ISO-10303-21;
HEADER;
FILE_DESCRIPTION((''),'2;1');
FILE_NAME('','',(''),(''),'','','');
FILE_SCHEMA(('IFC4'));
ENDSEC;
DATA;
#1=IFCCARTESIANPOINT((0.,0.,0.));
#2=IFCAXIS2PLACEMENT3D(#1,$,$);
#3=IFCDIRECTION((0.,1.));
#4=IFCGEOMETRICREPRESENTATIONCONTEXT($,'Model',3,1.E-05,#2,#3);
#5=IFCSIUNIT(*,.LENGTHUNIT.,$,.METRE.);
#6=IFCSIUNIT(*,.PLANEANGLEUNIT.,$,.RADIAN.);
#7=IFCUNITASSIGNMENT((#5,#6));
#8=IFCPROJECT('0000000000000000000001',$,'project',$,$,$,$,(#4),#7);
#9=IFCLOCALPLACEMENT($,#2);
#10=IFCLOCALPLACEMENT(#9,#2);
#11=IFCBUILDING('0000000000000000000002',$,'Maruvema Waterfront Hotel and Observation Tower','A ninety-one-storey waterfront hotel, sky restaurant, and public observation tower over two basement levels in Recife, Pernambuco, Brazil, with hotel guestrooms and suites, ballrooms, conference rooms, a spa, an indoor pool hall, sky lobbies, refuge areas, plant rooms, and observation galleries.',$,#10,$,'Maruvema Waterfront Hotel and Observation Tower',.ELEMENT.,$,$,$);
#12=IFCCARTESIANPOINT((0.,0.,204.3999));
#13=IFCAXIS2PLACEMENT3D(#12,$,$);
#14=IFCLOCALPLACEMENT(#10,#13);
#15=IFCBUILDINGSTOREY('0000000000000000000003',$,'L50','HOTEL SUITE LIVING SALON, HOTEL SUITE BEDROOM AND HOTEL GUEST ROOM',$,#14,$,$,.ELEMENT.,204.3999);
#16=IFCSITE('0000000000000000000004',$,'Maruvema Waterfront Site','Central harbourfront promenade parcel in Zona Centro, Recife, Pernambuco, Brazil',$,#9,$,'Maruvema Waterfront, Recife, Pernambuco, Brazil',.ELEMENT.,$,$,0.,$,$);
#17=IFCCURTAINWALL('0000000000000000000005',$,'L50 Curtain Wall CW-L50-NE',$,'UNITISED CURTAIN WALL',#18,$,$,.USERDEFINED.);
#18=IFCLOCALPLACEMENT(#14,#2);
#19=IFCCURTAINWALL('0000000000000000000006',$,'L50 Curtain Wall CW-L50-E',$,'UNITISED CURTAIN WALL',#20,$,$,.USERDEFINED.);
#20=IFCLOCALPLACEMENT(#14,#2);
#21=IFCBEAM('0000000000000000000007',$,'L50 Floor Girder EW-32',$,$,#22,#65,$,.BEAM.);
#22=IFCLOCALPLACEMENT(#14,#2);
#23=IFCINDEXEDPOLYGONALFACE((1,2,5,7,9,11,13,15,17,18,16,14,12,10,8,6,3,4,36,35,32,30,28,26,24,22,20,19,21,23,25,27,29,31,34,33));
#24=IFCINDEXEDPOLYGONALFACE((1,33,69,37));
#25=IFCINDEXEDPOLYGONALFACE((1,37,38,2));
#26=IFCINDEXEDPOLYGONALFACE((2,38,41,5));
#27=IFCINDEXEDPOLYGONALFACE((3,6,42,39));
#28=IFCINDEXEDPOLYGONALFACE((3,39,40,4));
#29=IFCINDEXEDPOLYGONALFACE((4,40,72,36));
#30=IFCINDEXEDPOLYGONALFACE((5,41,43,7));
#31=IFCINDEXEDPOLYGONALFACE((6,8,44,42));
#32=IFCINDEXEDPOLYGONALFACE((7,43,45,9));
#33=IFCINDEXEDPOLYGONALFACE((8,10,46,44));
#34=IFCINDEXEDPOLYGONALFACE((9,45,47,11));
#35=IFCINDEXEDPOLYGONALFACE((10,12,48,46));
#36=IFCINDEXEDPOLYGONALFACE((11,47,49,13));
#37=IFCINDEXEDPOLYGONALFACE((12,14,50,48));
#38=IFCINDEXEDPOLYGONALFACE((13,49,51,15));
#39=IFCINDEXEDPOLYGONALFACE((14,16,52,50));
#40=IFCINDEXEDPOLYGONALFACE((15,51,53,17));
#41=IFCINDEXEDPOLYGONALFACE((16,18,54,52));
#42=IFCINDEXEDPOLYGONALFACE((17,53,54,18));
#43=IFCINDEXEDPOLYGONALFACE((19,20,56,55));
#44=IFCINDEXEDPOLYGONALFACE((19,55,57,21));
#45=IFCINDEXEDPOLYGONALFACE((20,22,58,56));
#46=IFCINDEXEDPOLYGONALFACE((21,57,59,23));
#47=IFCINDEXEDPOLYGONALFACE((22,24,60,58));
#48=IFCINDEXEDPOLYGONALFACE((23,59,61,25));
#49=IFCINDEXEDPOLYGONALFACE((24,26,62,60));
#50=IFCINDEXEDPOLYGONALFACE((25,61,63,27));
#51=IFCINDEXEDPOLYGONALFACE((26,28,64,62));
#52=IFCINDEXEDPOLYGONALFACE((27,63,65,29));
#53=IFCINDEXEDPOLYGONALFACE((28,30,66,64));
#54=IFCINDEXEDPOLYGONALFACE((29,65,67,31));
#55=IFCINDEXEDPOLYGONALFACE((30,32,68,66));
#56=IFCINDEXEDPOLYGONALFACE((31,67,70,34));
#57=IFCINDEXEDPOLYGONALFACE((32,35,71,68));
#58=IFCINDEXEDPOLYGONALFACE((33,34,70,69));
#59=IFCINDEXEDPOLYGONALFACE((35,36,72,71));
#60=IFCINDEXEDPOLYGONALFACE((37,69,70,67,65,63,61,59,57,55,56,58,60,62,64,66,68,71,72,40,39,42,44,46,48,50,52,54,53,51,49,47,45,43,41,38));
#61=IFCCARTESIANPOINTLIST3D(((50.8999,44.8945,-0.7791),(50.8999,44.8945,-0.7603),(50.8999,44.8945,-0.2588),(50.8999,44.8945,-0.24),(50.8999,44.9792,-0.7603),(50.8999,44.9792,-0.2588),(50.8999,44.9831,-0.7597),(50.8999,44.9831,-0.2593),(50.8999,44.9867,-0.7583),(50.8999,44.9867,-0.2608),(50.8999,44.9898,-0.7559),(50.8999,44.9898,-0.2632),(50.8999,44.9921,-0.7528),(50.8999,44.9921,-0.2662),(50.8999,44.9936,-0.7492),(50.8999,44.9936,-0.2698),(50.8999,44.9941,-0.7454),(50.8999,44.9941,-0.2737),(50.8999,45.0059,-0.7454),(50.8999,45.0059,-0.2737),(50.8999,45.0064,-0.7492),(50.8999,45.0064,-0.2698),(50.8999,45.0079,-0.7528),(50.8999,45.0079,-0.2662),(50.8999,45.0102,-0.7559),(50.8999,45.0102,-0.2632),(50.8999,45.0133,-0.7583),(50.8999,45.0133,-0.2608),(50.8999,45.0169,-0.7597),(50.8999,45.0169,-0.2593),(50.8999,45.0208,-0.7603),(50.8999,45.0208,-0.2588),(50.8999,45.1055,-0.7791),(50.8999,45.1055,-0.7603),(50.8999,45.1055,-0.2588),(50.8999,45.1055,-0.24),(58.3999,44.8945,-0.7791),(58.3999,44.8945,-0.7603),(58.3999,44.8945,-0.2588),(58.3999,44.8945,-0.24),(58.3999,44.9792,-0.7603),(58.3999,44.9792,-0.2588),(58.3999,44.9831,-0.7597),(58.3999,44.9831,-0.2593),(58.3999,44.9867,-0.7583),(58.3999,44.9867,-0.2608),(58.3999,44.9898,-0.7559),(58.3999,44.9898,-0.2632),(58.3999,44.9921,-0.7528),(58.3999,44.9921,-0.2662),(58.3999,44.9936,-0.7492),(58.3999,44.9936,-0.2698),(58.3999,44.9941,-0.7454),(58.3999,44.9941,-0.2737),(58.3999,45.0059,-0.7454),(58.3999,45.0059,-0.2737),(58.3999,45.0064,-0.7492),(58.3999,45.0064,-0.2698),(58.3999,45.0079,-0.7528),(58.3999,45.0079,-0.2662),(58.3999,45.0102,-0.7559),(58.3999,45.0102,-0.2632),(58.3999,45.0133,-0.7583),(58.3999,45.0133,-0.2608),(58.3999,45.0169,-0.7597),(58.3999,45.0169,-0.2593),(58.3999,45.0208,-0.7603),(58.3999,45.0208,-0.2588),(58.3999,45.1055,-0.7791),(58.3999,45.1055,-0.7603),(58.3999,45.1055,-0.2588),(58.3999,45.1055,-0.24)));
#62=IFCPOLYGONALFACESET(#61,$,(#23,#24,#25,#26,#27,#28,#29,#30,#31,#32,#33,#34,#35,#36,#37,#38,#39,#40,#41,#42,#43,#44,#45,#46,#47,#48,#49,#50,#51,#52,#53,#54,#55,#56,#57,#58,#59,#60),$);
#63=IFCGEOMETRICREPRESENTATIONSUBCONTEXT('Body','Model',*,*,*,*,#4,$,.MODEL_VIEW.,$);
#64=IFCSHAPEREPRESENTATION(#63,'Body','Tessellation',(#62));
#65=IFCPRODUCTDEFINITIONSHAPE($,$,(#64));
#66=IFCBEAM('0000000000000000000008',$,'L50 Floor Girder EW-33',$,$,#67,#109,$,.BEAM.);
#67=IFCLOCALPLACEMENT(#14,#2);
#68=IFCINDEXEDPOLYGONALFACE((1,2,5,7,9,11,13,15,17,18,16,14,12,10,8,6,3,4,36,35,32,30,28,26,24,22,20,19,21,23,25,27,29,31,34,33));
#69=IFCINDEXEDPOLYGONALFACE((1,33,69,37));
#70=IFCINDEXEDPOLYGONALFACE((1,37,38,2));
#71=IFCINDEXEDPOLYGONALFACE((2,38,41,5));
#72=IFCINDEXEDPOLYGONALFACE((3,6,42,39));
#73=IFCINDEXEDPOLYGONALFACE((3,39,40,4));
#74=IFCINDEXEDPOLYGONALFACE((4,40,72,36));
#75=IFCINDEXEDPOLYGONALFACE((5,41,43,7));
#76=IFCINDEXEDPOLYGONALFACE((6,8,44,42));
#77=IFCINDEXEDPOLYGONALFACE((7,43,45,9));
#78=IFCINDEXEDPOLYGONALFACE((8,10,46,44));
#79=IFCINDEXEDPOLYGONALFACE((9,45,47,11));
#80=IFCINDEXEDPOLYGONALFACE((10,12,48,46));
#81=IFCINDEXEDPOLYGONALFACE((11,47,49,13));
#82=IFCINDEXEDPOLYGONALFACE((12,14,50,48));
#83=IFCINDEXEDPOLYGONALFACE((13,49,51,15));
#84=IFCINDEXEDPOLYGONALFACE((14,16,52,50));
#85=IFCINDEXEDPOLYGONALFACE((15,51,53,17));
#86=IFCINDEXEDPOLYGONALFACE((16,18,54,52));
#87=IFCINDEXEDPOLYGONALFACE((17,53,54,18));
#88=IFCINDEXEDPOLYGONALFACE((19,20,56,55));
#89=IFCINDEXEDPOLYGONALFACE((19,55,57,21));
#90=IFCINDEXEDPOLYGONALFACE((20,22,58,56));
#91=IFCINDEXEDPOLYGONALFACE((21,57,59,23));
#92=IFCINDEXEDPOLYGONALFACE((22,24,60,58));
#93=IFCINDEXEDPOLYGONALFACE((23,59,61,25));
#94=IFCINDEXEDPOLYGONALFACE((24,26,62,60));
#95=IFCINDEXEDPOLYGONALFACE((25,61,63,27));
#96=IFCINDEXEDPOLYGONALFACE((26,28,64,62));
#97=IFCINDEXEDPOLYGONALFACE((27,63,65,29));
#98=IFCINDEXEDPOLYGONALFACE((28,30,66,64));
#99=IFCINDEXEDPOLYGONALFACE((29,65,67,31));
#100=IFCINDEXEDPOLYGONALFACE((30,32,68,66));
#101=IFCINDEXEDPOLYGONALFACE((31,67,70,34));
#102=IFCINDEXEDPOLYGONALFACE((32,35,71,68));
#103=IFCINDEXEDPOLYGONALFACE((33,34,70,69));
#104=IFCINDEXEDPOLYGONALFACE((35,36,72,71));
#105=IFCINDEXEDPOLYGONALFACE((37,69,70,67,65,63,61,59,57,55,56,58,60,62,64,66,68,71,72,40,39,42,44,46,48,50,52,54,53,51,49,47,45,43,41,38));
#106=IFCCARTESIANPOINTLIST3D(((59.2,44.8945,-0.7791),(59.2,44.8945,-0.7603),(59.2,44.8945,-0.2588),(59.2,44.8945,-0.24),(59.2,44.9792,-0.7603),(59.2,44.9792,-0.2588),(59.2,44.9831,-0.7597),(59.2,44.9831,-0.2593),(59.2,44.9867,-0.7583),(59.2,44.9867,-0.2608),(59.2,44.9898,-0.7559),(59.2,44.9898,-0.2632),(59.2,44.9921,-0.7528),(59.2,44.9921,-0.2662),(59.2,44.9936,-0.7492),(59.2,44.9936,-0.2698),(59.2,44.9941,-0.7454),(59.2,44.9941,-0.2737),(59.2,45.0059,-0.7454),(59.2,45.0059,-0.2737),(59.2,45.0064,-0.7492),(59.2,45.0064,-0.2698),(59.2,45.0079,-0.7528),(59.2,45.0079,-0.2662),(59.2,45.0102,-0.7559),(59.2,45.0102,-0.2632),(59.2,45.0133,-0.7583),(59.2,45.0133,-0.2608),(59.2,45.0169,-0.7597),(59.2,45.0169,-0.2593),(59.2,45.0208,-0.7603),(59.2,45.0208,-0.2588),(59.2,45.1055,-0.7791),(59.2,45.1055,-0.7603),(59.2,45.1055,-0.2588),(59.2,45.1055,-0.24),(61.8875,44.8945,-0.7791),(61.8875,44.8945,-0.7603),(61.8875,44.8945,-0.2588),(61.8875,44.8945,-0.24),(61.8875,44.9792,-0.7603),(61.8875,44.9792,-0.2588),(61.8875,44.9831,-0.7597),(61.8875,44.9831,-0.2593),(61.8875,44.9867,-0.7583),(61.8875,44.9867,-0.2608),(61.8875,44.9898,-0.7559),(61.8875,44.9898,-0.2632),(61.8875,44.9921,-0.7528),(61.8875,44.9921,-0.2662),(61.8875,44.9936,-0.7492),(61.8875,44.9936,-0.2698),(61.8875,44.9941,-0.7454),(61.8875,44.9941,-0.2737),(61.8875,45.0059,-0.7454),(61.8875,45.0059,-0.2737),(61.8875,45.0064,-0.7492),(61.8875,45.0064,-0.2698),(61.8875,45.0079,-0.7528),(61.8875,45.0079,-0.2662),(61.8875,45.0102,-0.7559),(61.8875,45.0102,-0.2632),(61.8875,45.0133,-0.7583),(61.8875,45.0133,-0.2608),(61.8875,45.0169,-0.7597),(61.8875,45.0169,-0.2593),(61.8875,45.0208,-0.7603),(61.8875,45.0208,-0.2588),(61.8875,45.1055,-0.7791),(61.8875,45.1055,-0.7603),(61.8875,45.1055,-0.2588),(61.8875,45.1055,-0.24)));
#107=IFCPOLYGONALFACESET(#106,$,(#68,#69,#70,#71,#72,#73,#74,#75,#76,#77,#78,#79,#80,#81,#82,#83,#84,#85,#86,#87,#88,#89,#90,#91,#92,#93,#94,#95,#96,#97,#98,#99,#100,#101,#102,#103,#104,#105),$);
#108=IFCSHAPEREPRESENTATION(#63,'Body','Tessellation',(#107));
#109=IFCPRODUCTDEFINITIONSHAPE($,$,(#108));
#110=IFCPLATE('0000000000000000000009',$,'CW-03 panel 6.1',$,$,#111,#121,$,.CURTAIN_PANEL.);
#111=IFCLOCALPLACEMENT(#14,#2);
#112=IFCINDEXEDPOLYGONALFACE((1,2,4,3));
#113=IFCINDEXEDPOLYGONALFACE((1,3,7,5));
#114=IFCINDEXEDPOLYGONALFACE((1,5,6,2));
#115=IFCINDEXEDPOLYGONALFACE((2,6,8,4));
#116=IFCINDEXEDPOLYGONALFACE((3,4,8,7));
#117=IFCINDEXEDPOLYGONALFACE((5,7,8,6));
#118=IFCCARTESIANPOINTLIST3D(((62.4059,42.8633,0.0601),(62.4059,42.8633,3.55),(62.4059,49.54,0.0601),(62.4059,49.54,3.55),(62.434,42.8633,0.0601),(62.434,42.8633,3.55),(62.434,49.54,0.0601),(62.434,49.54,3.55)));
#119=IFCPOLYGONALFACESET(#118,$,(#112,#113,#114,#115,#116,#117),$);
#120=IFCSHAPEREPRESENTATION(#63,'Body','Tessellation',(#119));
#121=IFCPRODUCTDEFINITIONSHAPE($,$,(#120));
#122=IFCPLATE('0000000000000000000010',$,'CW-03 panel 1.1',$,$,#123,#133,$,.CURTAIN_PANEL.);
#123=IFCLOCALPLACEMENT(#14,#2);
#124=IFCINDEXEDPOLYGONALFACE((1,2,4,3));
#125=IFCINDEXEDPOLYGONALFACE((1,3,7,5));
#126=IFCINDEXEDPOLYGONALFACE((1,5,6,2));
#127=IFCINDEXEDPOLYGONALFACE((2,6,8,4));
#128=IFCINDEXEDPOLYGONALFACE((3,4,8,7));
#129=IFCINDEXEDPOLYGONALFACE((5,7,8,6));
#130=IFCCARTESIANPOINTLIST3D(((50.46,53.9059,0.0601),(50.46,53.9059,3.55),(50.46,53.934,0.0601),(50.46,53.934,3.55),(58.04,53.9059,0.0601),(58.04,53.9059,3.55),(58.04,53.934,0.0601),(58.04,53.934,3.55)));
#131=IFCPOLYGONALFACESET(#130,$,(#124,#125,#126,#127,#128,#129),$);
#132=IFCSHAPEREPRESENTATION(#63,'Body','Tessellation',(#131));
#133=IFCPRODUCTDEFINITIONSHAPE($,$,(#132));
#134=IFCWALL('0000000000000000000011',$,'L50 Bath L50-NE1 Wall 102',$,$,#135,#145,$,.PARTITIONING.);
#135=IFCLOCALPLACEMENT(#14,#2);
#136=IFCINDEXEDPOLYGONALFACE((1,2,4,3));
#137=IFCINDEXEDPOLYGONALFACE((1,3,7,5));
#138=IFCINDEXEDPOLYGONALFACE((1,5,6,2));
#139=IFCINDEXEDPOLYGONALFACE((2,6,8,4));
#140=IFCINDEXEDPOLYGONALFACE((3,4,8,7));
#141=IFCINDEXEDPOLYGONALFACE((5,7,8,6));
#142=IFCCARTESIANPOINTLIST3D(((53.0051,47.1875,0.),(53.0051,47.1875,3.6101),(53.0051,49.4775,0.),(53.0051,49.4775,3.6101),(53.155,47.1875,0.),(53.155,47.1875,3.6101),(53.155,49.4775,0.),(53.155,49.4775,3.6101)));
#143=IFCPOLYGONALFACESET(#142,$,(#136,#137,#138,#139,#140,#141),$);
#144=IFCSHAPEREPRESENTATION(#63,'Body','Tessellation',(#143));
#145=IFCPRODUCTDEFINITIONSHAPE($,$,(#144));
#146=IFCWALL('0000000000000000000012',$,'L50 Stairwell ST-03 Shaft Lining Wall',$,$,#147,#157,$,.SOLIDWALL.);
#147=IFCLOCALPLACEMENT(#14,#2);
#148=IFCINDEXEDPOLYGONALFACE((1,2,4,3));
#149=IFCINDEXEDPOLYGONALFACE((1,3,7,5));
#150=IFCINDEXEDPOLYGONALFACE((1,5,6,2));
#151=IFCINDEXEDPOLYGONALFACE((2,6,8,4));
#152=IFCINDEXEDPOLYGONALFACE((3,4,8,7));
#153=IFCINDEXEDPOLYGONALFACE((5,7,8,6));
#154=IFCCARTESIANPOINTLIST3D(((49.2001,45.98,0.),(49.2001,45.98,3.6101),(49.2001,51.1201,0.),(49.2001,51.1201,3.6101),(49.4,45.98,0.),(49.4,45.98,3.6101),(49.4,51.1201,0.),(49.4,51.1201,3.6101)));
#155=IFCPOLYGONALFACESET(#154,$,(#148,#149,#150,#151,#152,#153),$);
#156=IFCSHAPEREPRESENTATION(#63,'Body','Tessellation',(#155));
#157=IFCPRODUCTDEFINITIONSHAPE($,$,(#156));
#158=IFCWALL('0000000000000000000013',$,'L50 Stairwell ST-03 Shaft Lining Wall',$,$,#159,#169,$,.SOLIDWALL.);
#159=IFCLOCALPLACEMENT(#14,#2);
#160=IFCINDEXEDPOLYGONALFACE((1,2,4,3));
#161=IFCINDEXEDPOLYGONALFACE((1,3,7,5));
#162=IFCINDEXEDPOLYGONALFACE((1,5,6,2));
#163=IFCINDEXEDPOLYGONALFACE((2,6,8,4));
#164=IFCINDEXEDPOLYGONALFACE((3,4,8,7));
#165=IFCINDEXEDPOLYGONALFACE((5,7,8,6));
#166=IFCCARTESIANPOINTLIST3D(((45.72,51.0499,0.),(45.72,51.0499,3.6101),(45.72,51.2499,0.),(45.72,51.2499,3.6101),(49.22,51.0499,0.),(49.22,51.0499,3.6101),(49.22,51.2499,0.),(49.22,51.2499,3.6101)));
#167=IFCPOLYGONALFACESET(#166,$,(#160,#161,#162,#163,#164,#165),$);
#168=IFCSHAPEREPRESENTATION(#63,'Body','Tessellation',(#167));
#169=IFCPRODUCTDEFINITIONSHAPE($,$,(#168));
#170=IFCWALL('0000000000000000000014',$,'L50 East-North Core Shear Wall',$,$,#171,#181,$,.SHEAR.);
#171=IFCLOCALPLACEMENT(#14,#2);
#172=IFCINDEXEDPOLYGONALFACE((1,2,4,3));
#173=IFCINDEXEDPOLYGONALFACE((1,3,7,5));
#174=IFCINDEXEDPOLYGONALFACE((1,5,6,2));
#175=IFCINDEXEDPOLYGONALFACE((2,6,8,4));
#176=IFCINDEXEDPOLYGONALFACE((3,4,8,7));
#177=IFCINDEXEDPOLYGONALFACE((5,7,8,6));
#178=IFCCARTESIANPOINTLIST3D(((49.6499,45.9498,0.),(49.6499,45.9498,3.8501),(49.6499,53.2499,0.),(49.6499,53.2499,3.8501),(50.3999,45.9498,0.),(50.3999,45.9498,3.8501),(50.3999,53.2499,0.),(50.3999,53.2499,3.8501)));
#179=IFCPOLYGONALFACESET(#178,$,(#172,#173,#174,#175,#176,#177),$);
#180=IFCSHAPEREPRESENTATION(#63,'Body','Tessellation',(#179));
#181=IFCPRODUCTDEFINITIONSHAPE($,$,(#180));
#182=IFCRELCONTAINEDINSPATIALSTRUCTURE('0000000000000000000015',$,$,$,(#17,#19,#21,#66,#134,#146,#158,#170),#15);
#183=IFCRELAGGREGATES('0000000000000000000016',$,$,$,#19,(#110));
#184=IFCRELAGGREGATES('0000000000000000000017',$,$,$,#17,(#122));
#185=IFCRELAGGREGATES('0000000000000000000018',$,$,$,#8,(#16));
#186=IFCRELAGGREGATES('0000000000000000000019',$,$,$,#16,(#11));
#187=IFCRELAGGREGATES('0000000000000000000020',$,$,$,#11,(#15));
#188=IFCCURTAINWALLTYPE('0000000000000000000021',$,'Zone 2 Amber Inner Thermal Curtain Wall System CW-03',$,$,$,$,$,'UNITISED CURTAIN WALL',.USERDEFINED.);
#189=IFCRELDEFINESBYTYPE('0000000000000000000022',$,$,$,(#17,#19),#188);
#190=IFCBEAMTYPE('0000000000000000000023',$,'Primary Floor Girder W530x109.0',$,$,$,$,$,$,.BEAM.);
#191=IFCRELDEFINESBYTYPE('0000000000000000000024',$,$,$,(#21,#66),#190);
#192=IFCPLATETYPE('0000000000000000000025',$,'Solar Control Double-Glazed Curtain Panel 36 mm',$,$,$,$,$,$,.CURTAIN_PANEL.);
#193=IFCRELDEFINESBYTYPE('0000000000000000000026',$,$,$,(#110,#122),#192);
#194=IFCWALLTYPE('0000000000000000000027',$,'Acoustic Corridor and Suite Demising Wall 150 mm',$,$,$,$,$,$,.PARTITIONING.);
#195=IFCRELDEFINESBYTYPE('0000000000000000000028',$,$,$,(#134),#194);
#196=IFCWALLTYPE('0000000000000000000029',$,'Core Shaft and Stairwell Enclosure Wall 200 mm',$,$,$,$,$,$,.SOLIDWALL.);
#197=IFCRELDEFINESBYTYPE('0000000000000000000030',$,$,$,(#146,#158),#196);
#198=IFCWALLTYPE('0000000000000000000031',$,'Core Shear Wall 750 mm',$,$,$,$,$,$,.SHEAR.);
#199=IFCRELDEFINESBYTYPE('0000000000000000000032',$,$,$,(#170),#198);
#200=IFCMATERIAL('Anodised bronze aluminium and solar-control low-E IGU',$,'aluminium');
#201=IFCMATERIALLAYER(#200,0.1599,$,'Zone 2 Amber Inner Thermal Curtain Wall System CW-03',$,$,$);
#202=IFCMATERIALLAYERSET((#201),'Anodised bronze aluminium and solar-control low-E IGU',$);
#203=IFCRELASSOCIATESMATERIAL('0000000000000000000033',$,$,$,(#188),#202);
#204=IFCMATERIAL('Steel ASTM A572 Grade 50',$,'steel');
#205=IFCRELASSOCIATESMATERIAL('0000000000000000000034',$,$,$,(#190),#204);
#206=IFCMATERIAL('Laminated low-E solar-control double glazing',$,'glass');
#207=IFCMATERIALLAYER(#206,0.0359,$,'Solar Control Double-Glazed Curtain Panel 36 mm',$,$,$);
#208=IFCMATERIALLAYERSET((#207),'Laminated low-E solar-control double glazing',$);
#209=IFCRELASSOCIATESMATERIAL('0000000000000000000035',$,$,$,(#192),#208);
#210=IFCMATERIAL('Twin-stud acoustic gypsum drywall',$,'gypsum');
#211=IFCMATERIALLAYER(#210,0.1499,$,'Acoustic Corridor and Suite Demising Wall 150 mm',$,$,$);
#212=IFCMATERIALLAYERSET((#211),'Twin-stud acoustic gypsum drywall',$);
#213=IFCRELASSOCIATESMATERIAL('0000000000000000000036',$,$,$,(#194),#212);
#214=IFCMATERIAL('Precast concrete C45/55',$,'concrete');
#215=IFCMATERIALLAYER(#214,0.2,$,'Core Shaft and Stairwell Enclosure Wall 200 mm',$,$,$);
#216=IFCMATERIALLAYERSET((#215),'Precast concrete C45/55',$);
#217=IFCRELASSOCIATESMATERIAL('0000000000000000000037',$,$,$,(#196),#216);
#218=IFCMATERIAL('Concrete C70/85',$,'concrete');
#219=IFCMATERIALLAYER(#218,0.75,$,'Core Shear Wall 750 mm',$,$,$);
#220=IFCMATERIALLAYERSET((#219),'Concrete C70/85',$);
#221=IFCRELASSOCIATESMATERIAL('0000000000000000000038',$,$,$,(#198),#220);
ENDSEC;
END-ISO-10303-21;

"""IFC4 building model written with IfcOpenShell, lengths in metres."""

from ifc_helpers import new_model, si_unit, direction, frame, frame_2d, origin, origin_2d, place, context, subcontext, project, spatial, rectangle, i_section, extrude, material, layer, layer_set, material_profile, profile_set, type_object, element, aggregate, save


model = new_model("IFC4")

# Units and contexts
model_context = context("Model", 3, precision=1e-05, world=origin(), true_north=direction((0.0, 1.0)))
body_context = subcontext(model_context, "Body", "Model", "MODEL_VIEW")
ifc_project = project(units=[si_unit("LENGTHUNIT", "METRE"), si_unit("PLANEANGLEUNIT", "RADIAN")], contexts=[model_context])

# Site, building, storey
site_placement = place(None, origin())
site = spatial("IfcSite", under=ifc_project, at=site_placement, Name="Maruvema Waterfront Site", Description="Central harbourfront promenade parcel in Zona Centro, Recife, Pernambuco, Brazil", LongName="Maruvema Waterfront, Recife, Pernambuco, Brazil", CompositionType="ELEMENT", RefElevation=0.0)
building_placement = place(site_placement, origin())
building = spatial("IfcBuilding", under=site, at=building_placement, Name="Maruvema Waterfront Hotel and Observation Tower", Description="A ninety-one-storey waterfront hotel, sky restaurant, and public observation tower over two basement levels in Recife, Pernambuco, Brazil, with hotel guestrooms and suites, ballrooms, conference rooms, a spa, an indoor pool hall, sky lobbies, refuge areas, plant rooms, and observation galleries.", LongName="Maruvema Waterfront Hotel and Observation Tower", CompositionType="ELEMENT")
storey_placement = place(building_placement, frame((0.0, 0.0, 204.3999)))
storey = spatial("IfcBuildingStorey", under=building, at=storey_placement, Name="L50", Description="HOTEL SUITE LIVING SALON, HOTEL SUITE BEDROOM AND HOTEL GUEST ROOM", CompositionType="ELEMENT", Elevation=204.3999)

# Curtain wall
ifc_material_1 = material(Name="Anodised bronze aluminium and solar-control low-E IGU", Category="aluminium")
ifc_layer_1 = layer(ifc_material_1, 0.1599, Name="Zone 2 Amber Inner Thermal Curtain Wall System CW-03")
ifc_layer_set_1 = layer_set([ifc_layer_1], Name="Anodised bronze aluminium and solar-control low-E IGU")
curtain_wall_type = type_object("IfcCurtainWallType", Name="Zone 2 Amber Inner Thermal Curtain Wall System CW-03", ElementType="UNITISED CURTAIN WALL", PredefinedType="USERDEFINED", material=ifc_layer_set_1)
curtain_wall_1_placement = place(storey_placement, origin())
curtain_wall_1 = element("IfcCurtainWall", 1, at=curtain_wall_1_placement, inside=storey, type_object=curtain_wall_type, Name="L50 Curtain Wall CW-L50-NE", ObjectType="UNITISED CURTAIN WALL", PredefinedType="USERDEFINED")

# Curtain wall
curtain_wall_2_placement = place(storey_placement, origin())
curtain_wall_2 = element("IfcCurtainWall", 2, at=curtain_wall_2_placement, inside=storey, type_object=curtain_wall_type, Name="L50 Curtain Wall CW-L50-E", ObjectType="UNITISED CURTAIN WALL", PredefinedType="USERDEFINED")

# Beams
ifc_material_2 = material(Name="Steel ASTM A572 Grade 50", Category="steel")
ifc_material_profile_1 = material_profile(ifc_material_2, i_section(OverallWidth=0.2109, OverallDepth=0.5391, WebThickness=0.0117, FlangeThickness=0.0188, FilletRadius=0.0149, at=origin_2d()), Name="W530x109.0")
ifc_profile_set_1 = profile_set([ifc_material_profile_1], Name="Steel ASTM A572 Grade 50")
beam_type = type_object("IfcBeamType", Name="Primary Floor Girder W530x109.0", PredefinedType="BEAM", material=ifc_profile_set_1)
beam_1_placement = place(storey_placement, frame((50.8999, 45.0, -0.5095), z_axis=(1.0, 0.0, 0.0), x_axis=(0.0, 1.0, 0.0)))
element("IfcBeam", 3, at=beam_1_placement, inside=storey, type_object=beam_type, Name="L50 Floor Girder EW-32", PredefinedType="BEAM", context=body_context, shape_type="SweptSolid", body=[
    extrude(i_section(OverallWidth=0.2109, OverallDepth=0.5391, WebThickness=0.0117, FlangeThickness=0.0188, FilletRadius=0.0149, at=origin_2d()), origin(), (0.0, 0.0, 1.0), 7.5),
])
beam_2_placement = place(storey_placement, frame((59.2, 45.0, -0.5095), z_axis=(1.0, 0.0, 0.0), x_axis=(0.0, 1.0, 0.0)))
element("IfcBeam", 4, at=beam_2_placement, inside=storey, type_object=beam_type, Name="L50 Floor Girder EW-33", PredefinedType="BEAM", context=body_context, shape_type="SweptSolid", body=[
    extrude(i_section(OverallWidth=0.2109, OverallDepth=0.5391, WebThickness=0.0117, FlangeThickness=0.0188, FilletRadius=0.0149, at=origin_2d()), origin(), (0.0, 0.0, 1.0), 2.6875),
])

# Plates
ifc_material_3 = material(Name="Laminated low-E solar-control double glazing", Category="glass")
ifc_layer_2 = layer(ifc_material_3, 0.0359, Name="Solar Control Double-Glazed Curtain Panel 36 mm")
ifc_layer_set_2 = layer_set([ifc_layer_2], Name="Laminated low-E solar-control double glazing")
plate_type = type_object("IfcPlateType", Name="Solar Control Double-Glazed Curtain Panel 36 mm", PredefinedType="CURTAIN_PANEL", material=ifc_layer_set_2)
plate_1_placement = place(storey_placement, frame((62.4199, 46.2017, 0.0601), z_axis=(0.0, 0.0, 1.0), x_axis=(0.0, 1.0, 0.0)))
plate_1 = element("IfcPlate", 5, at=plate_1_placement, type_object=plate_type, Name="CW-03 panel 6.1", PredefinedType="CURTAIN_PANEL", context=body_context, shape_type="SweptSolid", body=[
    extrude(rectangle(XDim=6.6768, YDim=0.0281, at=origin_2d()), origin(), (0.0, 0.0, 1.0), 3.49),
])
aggregate(curtain_wall_2, [plate_1])
plate_2_placement = place(storey_placement, frame((54.25, 53.9199, 0.0601), z_axis=(0.0, 0.0, 1.0), x_axis=(-1.0, 0.0, 0.0)))
plate_2 = element("IfcPlate", 6, at=plate_2_placement, type_object=plate_type, Name="CW-03 panel 1.1", PredefinedType="CURTAIN_PANEL", context=body_context, shape_type="SweptSolid", body=[
    extrude(rectangle(XDim=7.5801, YDim=0.0281, at=origin_2d()), origin(), (0.0, 0.0, 1.0), 3.49),
])
aggregate(curtain_wall_1, [plate_2])

# Walls
ifc_material_4 = material(Name="Twin-stud acoustic gypsum drywall", Category="gypsum")
ifc_layer_3 = layer(ifc_material_4, 0.1499, Name="Acoustic Corridor and Suite Demising Wall 150 mm")
ifc_layer_set_3 = layer_set([ifc_layer_3], Name="Twin-stud acoustic gypsum drywall")
wall_type_1 = type_object("IfcWallType", Name="Acoustic Corridor and Suite Demising Wall 150 mm", PredefinedType="PARTITIONING", material=ifc_layer_set_3)
wall_1_placement = place(storey_placement, frame((53.0801, 47.1875, 0.0), z_axis=(0.0, 0.0, 1.0), x_axis=(0.0, 1.0, 0.0)))
element("IfcWall", 7, at=wall_1_placement, inside=storey, type_object=wall_type_1, Name="L50 Bath L50-NE1 Wall 102", PredefinedType="PARTITIONING", context=body_context, shape_type="SweptSolid", body=[
    extrude(rectangle(XDim=2.29, YDim=0.1499, at=frame_2d((1.145, 0.0))), origin(), (0.0, 0.0, 1.0), 3.6101),
])
ifc_material_5 = material(Name="Precast concrete C45/55", Category="concrete")
ifc_layer_4 = layer(ifc_material_5, 0.2, Name="Core Shaft and Stairwell Enclosure Wall 200 mm")
ifc_layer_set_4 = layer_set([ifc_layer_4], Name="Precast concrete C45/55")
wall_type_2 = type_object("IfcWallType", Name="Core Shaft and Stairwell Enclosure Wall 200 mm", PredefinedType="SOLIDWALL", material=ifc_layer_set_4)
wall_2_placement = place(storey_placement, frame((49.3, 45.98, 0.0), z_axis=(0.0, 0.0, 1.0), x_axis=(0.0, 1.0, 0.0)))
element("IfcWall", 8, at=wall_2_placement, inside=storey, type_object=wall_type_2, Name="L50 Stairwell ST-03 Shaft Lining Wall", PredefinedType="SOLIDWALL", context=body_context, shape_type="SweptSolid", body=[
    extrude(rectangle(XDim=5.1401, YDim=0.2, at=frame_2d((2.5701, 0.0))), origin(), (0.0, 0.0, 1.0), 3.6101),
])
wall_3_placement = place(storey_placement, frame((45.72, 51.1499, 0.0), z_axis=(0.0, 0.0, 1.0), x_axis=(1.0, 0.0, 0.0)))
element("IfcWall", 9, at=wall_3_placement, inside=storey, type_object=wall_type_2, Name="L50 Stairwell ST-03 Shaft Lining Wall", PredefinedType="SOLIDWALL", context=body_context, shape_type="SweptSolid", body=[
    extrude(rectangle(XDim=3.5, YDim=0.2, at=frame_2d((1.75, 0.0))), origin(), (0.0, 0.0, 1.0), 3.6101),
])
ifc_material_6 = material(Name="Concrete C70/85", Category="concrete")
ifc_layer_5 = layer(ifc_material_6, 0.75, Name="Core Shear Wall 750 mm")
ifc_layer_set_5 = layer_set([ifc_layer_5], Name="Concrete C70/85")
wall_type_3 = type_object("IfcWallType", Name="Core Shear Wall 750 mm", PredefinedType="SHEAR", material=ifc_layer_set_5)
wall_4_placement = place(storey_placement, frame((50.0249, 45.95, 0.0), z_axis=(0.0, 0.0, 1.0), x_axis=(0.0, 1.0, 0.0)))
element("IfcWall", 10, at=wall_4_placement, inside=storey, type_object=wall_type_3, Name="L50 East-North Core Shear Wall", PredefinedType="SHEAR", context=body_context, shape_type="SweptSolid", body=[
    extrude(rectangle(XDim=7.3, YDim=0.75, at=frame_2d((3.6499, 0.0))), origin(), (0.0, 0.0, 1.0), 3.8501),
])

save(model, "model.ifc")
